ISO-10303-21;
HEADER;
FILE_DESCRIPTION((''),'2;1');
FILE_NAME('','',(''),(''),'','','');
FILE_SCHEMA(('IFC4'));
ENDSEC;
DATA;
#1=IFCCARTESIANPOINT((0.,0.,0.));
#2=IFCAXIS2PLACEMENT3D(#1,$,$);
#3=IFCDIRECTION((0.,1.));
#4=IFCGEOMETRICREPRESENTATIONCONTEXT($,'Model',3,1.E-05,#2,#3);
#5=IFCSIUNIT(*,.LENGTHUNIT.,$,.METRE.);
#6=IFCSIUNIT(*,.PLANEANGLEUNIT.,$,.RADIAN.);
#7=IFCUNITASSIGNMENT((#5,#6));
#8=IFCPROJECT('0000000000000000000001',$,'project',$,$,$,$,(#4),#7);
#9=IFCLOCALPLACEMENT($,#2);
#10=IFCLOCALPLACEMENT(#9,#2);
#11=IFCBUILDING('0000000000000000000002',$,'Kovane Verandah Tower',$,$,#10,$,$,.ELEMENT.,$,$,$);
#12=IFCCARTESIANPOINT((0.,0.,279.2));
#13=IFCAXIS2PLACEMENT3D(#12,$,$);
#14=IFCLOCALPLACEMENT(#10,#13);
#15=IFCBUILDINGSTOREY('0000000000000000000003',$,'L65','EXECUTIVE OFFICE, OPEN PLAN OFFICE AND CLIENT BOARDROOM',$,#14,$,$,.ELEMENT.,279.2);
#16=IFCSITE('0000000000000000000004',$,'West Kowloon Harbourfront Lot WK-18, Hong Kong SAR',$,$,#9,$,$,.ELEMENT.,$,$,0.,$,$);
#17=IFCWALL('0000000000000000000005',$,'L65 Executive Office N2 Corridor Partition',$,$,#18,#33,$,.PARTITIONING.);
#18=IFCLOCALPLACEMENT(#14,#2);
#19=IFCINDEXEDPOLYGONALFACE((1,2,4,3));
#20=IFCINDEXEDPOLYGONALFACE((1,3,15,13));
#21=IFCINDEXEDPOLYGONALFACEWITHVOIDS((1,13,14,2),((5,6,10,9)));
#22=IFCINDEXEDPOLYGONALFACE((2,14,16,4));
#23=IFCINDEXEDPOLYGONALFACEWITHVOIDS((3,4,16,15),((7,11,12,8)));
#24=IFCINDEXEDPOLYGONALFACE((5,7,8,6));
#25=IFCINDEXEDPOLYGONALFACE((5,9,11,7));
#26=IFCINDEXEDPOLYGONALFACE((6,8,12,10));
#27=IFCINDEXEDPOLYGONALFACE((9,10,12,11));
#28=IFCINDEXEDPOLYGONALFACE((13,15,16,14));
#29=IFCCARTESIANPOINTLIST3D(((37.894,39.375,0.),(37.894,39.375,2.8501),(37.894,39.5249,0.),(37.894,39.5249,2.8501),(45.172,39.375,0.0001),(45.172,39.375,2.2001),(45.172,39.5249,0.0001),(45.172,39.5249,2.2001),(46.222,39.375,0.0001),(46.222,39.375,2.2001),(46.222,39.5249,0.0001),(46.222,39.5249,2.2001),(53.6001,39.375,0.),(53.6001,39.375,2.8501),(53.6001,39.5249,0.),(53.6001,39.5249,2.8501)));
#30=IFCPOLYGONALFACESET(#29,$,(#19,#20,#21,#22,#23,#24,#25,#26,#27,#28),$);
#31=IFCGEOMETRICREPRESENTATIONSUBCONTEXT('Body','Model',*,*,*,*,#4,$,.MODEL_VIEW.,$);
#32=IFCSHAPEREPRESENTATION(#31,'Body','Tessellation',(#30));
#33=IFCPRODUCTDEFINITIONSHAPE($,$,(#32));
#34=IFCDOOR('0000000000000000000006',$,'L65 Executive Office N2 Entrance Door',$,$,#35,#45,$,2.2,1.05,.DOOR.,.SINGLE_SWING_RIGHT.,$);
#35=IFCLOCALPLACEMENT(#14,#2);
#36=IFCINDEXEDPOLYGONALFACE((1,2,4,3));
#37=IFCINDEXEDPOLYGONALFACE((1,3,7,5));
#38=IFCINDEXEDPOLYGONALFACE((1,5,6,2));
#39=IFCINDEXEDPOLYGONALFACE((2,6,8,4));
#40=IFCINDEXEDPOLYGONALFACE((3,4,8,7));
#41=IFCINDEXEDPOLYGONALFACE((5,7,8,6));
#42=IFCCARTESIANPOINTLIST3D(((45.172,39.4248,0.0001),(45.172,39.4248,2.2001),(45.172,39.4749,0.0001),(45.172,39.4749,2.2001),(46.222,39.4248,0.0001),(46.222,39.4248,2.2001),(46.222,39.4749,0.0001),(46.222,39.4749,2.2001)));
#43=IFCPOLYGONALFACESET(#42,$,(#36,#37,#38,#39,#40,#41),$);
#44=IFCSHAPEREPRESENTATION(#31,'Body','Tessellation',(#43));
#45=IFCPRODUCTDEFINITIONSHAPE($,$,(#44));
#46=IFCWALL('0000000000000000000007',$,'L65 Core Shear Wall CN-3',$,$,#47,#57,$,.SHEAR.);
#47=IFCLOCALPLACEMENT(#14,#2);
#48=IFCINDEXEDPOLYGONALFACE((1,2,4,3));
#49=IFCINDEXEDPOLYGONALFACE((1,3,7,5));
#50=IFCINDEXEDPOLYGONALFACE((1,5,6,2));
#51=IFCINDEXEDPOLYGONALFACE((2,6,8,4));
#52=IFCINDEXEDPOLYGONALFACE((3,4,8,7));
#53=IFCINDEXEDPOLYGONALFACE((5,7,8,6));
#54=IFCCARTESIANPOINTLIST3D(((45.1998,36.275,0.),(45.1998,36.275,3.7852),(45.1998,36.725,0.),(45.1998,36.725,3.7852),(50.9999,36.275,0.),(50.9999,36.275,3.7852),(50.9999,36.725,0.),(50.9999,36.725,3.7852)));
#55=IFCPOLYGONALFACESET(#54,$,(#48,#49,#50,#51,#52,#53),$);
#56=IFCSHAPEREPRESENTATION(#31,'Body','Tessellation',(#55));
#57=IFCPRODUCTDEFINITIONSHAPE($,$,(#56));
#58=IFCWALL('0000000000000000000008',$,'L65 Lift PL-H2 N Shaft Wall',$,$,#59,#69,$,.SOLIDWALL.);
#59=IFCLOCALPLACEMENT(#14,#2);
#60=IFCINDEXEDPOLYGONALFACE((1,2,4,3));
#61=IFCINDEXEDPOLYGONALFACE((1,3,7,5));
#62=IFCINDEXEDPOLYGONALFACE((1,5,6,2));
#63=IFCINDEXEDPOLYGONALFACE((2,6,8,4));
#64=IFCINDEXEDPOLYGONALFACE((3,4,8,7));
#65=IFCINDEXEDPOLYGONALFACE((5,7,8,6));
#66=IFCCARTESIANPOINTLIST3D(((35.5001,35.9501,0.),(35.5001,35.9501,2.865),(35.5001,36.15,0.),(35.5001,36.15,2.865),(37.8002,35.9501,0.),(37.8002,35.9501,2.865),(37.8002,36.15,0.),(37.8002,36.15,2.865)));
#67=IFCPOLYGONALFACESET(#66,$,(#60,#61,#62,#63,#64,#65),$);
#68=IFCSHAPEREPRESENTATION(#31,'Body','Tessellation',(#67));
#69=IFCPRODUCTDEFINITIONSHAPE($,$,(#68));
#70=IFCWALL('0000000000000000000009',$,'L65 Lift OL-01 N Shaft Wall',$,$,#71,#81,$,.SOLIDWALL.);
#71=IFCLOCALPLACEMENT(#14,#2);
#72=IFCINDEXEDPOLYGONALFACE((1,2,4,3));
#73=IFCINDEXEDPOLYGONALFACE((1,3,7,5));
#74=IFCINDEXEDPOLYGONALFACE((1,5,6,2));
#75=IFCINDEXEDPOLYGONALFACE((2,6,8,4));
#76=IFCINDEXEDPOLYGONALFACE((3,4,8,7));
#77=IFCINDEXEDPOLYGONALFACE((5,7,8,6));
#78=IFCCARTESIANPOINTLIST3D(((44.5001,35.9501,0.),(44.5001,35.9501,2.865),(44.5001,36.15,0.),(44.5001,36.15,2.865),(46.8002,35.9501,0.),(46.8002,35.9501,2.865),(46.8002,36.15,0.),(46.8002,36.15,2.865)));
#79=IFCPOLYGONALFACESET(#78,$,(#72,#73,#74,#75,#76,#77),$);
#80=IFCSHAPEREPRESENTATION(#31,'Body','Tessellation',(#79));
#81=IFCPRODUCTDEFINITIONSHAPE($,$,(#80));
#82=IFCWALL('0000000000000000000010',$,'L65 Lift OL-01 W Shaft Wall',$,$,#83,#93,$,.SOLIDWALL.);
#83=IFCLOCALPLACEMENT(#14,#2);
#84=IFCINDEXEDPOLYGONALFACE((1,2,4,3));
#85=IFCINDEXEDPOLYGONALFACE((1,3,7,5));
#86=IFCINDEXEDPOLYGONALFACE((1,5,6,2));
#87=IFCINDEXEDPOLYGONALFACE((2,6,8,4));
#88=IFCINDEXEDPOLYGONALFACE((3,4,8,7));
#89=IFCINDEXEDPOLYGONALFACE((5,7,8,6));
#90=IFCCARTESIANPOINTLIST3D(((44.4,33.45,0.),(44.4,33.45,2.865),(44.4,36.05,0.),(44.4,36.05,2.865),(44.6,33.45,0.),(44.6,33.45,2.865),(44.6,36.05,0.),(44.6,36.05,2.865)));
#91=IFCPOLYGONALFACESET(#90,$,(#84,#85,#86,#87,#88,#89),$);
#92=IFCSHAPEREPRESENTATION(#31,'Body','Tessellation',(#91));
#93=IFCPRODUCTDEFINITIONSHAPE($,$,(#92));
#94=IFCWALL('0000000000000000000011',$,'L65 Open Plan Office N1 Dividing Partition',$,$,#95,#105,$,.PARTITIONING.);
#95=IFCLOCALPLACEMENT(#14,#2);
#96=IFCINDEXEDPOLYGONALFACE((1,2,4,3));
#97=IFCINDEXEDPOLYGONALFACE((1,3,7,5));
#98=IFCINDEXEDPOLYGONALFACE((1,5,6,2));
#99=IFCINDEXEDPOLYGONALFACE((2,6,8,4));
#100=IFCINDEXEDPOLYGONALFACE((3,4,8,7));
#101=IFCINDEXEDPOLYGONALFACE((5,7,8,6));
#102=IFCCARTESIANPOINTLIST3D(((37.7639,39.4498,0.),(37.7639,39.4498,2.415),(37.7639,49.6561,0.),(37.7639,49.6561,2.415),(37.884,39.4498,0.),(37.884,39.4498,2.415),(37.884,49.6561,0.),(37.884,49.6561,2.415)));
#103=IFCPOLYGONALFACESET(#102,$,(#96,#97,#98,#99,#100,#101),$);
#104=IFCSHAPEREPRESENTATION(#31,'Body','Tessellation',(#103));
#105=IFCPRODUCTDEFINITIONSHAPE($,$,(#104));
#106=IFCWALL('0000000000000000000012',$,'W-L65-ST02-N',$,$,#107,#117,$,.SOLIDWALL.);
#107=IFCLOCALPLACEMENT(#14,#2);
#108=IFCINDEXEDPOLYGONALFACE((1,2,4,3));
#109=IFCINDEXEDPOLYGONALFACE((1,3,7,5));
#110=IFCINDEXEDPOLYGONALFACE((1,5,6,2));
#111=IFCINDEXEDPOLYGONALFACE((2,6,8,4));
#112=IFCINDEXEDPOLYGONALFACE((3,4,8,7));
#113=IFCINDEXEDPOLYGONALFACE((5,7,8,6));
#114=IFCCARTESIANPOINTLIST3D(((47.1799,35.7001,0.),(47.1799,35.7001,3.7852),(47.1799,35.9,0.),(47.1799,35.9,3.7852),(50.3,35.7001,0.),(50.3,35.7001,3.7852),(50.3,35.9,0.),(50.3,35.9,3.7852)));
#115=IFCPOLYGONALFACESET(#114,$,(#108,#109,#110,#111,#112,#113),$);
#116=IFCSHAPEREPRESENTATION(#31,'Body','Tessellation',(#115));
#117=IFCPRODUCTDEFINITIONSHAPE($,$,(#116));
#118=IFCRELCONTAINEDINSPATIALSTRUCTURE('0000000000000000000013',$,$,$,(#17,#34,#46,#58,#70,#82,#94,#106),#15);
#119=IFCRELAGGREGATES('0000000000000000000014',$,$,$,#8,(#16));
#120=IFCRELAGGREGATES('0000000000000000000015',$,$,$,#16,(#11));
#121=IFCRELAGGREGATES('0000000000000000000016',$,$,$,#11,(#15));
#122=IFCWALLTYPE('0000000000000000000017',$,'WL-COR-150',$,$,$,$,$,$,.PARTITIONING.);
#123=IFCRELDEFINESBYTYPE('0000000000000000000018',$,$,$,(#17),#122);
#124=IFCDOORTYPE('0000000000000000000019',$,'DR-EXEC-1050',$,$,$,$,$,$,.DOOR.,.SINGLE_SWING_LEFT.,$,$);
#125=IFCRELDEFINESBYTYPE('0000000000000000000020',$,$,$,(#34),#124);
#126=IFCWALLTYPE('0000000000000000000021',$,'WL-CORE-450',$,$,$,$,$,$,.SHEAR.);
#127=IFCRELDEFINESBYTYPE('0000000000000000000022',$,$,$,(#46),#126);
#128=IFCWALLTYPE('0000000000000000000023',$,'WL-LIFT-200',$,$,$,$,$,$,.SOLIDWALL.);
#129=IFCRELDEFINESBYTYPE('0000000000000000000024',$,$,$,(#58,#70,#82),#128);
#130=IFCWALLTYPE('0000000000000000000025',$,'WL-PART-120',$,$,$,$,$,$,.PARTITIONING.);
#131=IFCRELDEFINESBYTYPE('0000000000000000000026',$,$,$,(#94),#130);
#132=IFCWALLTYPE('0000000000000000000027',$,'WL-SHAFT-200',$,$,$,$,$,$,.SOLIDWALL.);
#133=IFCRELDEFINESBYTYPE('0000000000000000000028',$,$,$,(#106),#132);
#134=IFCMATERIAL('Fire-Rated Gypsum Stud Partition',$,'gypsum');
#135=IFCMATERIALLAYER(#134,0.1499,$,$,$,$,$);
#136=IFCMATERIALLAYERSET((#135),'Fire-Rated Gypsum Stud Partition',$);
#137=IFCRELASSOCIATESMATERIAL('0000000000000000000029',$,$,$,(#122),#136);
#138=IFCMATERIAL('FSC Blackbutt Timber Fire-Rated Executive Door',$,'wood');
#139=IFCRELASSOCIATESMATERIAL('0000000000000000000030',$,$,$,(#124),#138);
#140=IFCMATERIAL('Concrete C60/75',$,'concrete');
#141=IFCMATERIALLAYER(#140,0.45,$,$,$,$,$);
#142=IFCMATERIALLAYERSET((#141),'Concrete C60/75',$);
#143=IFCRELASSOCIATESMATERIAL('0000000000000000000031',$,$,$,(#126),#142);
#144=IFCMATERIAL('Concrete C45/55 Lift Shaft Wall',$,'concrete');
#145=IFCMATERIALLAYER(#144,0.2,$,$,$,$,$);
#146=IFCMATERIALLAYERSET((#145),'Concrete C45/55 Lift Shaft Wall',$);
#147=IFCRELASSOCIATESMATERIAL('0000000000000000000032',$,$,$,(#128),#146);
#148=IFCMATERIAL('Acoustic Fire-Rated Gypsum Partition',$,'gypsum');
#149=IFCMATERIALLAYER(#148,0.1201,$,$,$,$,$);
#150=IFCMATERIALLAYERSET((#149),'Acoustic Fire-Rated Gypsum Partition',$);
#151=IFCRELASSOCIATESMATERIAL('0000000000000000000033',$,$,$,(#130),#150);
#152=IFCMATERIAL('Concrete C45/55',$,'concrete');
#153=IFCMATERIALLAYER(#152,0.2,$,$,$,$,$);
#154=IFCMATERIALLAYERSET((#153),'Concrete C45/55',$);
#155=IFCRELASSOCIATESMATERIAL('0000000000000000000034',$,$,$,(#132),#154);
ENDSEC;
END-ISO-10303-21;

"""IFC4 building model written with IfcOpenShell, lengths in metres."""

from ifc_helpers import new_model, si_unit, direction, frame, frame_2d, origin, place, context, subcontext, project, spatial, rectangle, extrude, material, layer, layer_set, type_object, element, fill, save


model = new_model("IFC4")

# Units and contexts
model_context = context("Model", 3, precision=1e-05, world=origin(), true_north=direction((0.0, 1.0)))
body_context = subcontext(model_context, "Body", "Model", "MODEL_VIEW")
ifc_project = project(units=[si_unit("LENGTHUNIT", "METRE"), si_unit("PLANEANGLEUNIT", "RADIAN")], contexts=[model_context])

# Site, building, storey
site_placement = place(None, origin())
site = spatial("IfcSite", under=ifc_project, at=site_placement, Name="West Kowloon Harbourfront Lot WK-18, Hong Kong SAR", CompositionType="ELEMENT", RefElevation=0.0)
building_placement = place(site_placement, origin())
building = spatial("IfcBuilding", under=site, at=building_placement, Name="Kovane Verandah Tower", CompositionType="ELEMENT")
storey_placement = place(building_placement, frame((0.0, 0.0, 279.2)))
storey = spatial("IfcBuildingStorey", under=building, at=storey_placement, Name="L65", Description="EXECUTIVE OFFICE, OPEN PLAN OFFICE AND CLIENT BOARDROOM", CompositionType="ELEMENT", Elevation=279.2)

# Shared definitions
ifc_material_1 = material(Name="Concrete C60/75", Category="concrete")

# Shared definitions
ifc_material_2 = material(Name="Fire-Rated Gypsum Stud Partition", Category="gypsum")
ifc_layer_1 = layer(ifc_material_2, 0.1499)
ifc_layer_set_1 = layer_set([ifc_layer_1], Name="Fire-Rated Gypsum Stud Partition")
wall_type_1 = type_object("IfcWallType", Name="WL-COR-150", PredefinedType="PARTITIONING", material=ifc_layer_set_1)

# Wall, opening, door
wall_1_placement = place(storey_placement, frame((37.894, 39.45, 0.0), z_axis=(0.0, 0.0, 1.0), x_axis=(1.0, 0.0, 0.0)))
wall_1 = element("IfcWall", 1, at=wall_1_placement, inside=storey, type_object=wall_type_1, Name="L65 Executive Office N2 Corridor Partition", PredefinedType="PARTITIONING", context=body_context, shape_type="SweptSolid", body=[
    extrude(rectangle(XDim=15.7061, YDim=0.1499, at=frame_2d((7.853, 0.0))), origin(), (0.0, 0.0, 1.0), 2.8501),
])
opening_1_placement = place(wall_1_placement, frame((7.2781, 0.0, 0.0)))
opening_1 = element("IfcOpeningElement", 2, at=opening_1_placement, cuts=wall_1, PredefinedType="OPENING", context=body_context, shape_type="SweptSolid", body=[
    extrude(rectangle(XDim=1.05, YDim=2.2, at=frame_2d((0.5249, 1.1001))), frame((0.0, 0.075, 0.0), z_axis=(0.0, -1.0, 0.0), x_axis=(1.0, 0.0, 0.0)), (0.0, 0.0, 1.0), 0.1499),
])
ifc_material_3 = material(Name="FSC Blackbutt Timber Fire-Rated Executive Door", Category="wood")
door_type_1 = type_object("IfcDoorType", Name="DR-EXEC-1050", OperationType="SINGLE_SWING_LEFT", PredefinedType="DOOR", material=ifc_material_3)
door_1_placement = place(opening_1_placement, origin())
door_1 = element("IfcDoor", 3, at=door_1_placement, inside=storey, type_object=door_type_1, Name="L65 Executive Office N2 Entrance Door", OperationType="SINGLE_SWING_RIGHT", OverallHeight=2.2, OverallWidth=1.05, PredefinedType="DOOR", context=body_context, shape_type="SweptSolid", body=[
    extrude(rectangle(XDim=1.05, YDim=2.2, at=frame_2d((0.5249, 1.1001))), frame((0.0, 0.0249, 0.0), z_axis=(0.0, -1.0, 0.0), x_axis=(1.0, 0.0, 0.0)), (0.0, 0.0, 1.0), 0.05),
])
fill(opening_1, door_1)
ifc_layer_2 = layer(ifc_material_1, 0.45)
ifc_layer_set_2 = layer_set([ifc_layer_2], Name="Concrete C60/75")
wall_type_2 = type_object("IfcWallType", Name="WL-CORE-450", PredefinedType="SHEAR", material=ifc_layer_set_2)

# Walls
wall_2_placement = place(storey_placement, frame((45.2, 36.5, 0.0), z_axis=(0.0, 0.0, 1.0), x_axis=(1.0, 0.0, 0.0)))
element("IfcWall", 4, at=wall_2_placement, inside=storey, type_object=wall_type_2, Name="L65 Core Shear Wall CN-3", PredefinedType="SHEAR", context=body_context, shape_type="SweptSolid", body=[
    extrude(rectangle(XDim=5.8, YDim=0.45, at=frame_2d((2.8999, 0.0))), origin(), (0.0, 0.0, 1.0), 3.7852),
])
ifc_material_4 = material(Name="Concrete C45/55 Lift Shaft Wall", Category="concrete")
ifc_layer_3 = layer(ifc_material_4, 0.2)
ifc_layer_set_3 = layer_set([ifc_layer_3], Name="Concrete C45/55 Lift Shaft Wall")
wall_type_3 = type_object("IfcWallType", Name="WL-LIFT-200", PredefinedType="SOLIDWALL", material=ifc_layer_set_3)
for number, where, z_axis, x_axis, name in (
    (5, (37.8, 36.05, 0.0), (0.0, 0.0, 1.0), (-1.0, 0.0, 0.0), "L65 Lift PL-H2 N Shaft Wall"),
    (6, (46.8, 36.05, 0.0), (0.0, 0.0, 1.0), (-1.0, 0.0, 0.0), "L65 Lift OL-01 N Shaft Wall"),
):
    element("IfcWall", number, at=place(storey_placement, frame(where, z_axis=z_axis, x_axis=x_axis)), inside=storey, type_object=wall_type_3, Name=name, PredefinedType="SOLIDWALL", context=body_context, shape_type="SweptSolid", body=[
        extrude(rectangle(XDim=2.3, YDim=0.2, at=frame_2d((1.1499, 0.0))), origin(), (0.0, 0.0, 1.0), 2.865),
    ])
wall_3_placement = place(storey_placement, frame((44.5, 36.05, 0.0), z_axis=(0.0, 0.0, 1.0), x_axis=(0.0, -1.0, 0.0)))
element("IfcWall", 7, at=wall_3_placement, inside=storey, type_object=wall_type_3, Name="L65 Lift OL-01 W Shaft Wall", PredefinedType="SOLIDWALL", context=body_context, shape_type="SweptSolid", body=[
    extrude(rectangle(XDim=2.6001, YDim=0.2, at=frame_2d((1.3, 0.0))), origin(), (0.0, 0.0, 1.0), 2.865),
])
ifc_material_5 = material(Name="Acoustic Fire-Rated Gypsum Partition", Category="gypsum")
ifc_layer_4 = layer(ifc_material_5, 0.1201)
ifc_layer_set_4 = layer_set([ifc_layer_4], Name="Acoustic Fire-Rated Gypsum Partition")
wall_type_4 = type_object("IfcWallType", Name="WL-PART-120", PredefinedType="PARTITIONING", material=ifc_layer_set_4)
wall_4_placement = place(storey_placement, frame((37.824, 39.45, 0.0), z_axis=(0.0, 0.0, 1.0), x_axis=(0.0, 1.0, 0.0)))
element("IfcWall", 8, at=wall_4_placement, inside=storey, type_object=wall_type_4, Name="L65 Open Plan Office N1 Dividing Partition", PredefinedType="PARTITIONING", context=body_context, shape_type="SweptSolid", body=[
    extrude(rectangle(XDim=10.2063, YDim=0.1201, at=frame_2d((5.103, 0.0))), origin(), (0.0, 0.0, 1.0), 2.415),
])
ifc_material_6 = material(Name="Concrete C45/55", Category="concrete")
ifc_layer_5 = layer(ifc_material_6, 0.2)
ifc_layer_set_5 = layer_set([ifc_layer_5], Name="Concrete C45/55")
wall_type_5 = type_object("IfcWallType", Name="WL-SHAFT-200", PredefinedType="SOLIDWALL", material=ifc_layer_set_5)
wall_5_placement = place(storey_placement, frame((47.1799, 35.8, 0.0), z_axis=(0.0, 0.0, 1.0), x_axis=(1.0, 0.0, 0.0)))
element("IfcWall", 9, at=wall_5_placement, inside=storey, type_object=wall_type_5, Name="W-L65-ST02-N", PredefinedType="SOLIDWALL", context=body_context, shape_type="SweptSolid", body=[
    extrude(rectangle(XDim=3.1201, YDim=0.2, at=frame_2d((1.5601, 0.0))), origin(), (0.0, 0.0, 1.0), 3.7852),
])

save(model, "model.ifc")
